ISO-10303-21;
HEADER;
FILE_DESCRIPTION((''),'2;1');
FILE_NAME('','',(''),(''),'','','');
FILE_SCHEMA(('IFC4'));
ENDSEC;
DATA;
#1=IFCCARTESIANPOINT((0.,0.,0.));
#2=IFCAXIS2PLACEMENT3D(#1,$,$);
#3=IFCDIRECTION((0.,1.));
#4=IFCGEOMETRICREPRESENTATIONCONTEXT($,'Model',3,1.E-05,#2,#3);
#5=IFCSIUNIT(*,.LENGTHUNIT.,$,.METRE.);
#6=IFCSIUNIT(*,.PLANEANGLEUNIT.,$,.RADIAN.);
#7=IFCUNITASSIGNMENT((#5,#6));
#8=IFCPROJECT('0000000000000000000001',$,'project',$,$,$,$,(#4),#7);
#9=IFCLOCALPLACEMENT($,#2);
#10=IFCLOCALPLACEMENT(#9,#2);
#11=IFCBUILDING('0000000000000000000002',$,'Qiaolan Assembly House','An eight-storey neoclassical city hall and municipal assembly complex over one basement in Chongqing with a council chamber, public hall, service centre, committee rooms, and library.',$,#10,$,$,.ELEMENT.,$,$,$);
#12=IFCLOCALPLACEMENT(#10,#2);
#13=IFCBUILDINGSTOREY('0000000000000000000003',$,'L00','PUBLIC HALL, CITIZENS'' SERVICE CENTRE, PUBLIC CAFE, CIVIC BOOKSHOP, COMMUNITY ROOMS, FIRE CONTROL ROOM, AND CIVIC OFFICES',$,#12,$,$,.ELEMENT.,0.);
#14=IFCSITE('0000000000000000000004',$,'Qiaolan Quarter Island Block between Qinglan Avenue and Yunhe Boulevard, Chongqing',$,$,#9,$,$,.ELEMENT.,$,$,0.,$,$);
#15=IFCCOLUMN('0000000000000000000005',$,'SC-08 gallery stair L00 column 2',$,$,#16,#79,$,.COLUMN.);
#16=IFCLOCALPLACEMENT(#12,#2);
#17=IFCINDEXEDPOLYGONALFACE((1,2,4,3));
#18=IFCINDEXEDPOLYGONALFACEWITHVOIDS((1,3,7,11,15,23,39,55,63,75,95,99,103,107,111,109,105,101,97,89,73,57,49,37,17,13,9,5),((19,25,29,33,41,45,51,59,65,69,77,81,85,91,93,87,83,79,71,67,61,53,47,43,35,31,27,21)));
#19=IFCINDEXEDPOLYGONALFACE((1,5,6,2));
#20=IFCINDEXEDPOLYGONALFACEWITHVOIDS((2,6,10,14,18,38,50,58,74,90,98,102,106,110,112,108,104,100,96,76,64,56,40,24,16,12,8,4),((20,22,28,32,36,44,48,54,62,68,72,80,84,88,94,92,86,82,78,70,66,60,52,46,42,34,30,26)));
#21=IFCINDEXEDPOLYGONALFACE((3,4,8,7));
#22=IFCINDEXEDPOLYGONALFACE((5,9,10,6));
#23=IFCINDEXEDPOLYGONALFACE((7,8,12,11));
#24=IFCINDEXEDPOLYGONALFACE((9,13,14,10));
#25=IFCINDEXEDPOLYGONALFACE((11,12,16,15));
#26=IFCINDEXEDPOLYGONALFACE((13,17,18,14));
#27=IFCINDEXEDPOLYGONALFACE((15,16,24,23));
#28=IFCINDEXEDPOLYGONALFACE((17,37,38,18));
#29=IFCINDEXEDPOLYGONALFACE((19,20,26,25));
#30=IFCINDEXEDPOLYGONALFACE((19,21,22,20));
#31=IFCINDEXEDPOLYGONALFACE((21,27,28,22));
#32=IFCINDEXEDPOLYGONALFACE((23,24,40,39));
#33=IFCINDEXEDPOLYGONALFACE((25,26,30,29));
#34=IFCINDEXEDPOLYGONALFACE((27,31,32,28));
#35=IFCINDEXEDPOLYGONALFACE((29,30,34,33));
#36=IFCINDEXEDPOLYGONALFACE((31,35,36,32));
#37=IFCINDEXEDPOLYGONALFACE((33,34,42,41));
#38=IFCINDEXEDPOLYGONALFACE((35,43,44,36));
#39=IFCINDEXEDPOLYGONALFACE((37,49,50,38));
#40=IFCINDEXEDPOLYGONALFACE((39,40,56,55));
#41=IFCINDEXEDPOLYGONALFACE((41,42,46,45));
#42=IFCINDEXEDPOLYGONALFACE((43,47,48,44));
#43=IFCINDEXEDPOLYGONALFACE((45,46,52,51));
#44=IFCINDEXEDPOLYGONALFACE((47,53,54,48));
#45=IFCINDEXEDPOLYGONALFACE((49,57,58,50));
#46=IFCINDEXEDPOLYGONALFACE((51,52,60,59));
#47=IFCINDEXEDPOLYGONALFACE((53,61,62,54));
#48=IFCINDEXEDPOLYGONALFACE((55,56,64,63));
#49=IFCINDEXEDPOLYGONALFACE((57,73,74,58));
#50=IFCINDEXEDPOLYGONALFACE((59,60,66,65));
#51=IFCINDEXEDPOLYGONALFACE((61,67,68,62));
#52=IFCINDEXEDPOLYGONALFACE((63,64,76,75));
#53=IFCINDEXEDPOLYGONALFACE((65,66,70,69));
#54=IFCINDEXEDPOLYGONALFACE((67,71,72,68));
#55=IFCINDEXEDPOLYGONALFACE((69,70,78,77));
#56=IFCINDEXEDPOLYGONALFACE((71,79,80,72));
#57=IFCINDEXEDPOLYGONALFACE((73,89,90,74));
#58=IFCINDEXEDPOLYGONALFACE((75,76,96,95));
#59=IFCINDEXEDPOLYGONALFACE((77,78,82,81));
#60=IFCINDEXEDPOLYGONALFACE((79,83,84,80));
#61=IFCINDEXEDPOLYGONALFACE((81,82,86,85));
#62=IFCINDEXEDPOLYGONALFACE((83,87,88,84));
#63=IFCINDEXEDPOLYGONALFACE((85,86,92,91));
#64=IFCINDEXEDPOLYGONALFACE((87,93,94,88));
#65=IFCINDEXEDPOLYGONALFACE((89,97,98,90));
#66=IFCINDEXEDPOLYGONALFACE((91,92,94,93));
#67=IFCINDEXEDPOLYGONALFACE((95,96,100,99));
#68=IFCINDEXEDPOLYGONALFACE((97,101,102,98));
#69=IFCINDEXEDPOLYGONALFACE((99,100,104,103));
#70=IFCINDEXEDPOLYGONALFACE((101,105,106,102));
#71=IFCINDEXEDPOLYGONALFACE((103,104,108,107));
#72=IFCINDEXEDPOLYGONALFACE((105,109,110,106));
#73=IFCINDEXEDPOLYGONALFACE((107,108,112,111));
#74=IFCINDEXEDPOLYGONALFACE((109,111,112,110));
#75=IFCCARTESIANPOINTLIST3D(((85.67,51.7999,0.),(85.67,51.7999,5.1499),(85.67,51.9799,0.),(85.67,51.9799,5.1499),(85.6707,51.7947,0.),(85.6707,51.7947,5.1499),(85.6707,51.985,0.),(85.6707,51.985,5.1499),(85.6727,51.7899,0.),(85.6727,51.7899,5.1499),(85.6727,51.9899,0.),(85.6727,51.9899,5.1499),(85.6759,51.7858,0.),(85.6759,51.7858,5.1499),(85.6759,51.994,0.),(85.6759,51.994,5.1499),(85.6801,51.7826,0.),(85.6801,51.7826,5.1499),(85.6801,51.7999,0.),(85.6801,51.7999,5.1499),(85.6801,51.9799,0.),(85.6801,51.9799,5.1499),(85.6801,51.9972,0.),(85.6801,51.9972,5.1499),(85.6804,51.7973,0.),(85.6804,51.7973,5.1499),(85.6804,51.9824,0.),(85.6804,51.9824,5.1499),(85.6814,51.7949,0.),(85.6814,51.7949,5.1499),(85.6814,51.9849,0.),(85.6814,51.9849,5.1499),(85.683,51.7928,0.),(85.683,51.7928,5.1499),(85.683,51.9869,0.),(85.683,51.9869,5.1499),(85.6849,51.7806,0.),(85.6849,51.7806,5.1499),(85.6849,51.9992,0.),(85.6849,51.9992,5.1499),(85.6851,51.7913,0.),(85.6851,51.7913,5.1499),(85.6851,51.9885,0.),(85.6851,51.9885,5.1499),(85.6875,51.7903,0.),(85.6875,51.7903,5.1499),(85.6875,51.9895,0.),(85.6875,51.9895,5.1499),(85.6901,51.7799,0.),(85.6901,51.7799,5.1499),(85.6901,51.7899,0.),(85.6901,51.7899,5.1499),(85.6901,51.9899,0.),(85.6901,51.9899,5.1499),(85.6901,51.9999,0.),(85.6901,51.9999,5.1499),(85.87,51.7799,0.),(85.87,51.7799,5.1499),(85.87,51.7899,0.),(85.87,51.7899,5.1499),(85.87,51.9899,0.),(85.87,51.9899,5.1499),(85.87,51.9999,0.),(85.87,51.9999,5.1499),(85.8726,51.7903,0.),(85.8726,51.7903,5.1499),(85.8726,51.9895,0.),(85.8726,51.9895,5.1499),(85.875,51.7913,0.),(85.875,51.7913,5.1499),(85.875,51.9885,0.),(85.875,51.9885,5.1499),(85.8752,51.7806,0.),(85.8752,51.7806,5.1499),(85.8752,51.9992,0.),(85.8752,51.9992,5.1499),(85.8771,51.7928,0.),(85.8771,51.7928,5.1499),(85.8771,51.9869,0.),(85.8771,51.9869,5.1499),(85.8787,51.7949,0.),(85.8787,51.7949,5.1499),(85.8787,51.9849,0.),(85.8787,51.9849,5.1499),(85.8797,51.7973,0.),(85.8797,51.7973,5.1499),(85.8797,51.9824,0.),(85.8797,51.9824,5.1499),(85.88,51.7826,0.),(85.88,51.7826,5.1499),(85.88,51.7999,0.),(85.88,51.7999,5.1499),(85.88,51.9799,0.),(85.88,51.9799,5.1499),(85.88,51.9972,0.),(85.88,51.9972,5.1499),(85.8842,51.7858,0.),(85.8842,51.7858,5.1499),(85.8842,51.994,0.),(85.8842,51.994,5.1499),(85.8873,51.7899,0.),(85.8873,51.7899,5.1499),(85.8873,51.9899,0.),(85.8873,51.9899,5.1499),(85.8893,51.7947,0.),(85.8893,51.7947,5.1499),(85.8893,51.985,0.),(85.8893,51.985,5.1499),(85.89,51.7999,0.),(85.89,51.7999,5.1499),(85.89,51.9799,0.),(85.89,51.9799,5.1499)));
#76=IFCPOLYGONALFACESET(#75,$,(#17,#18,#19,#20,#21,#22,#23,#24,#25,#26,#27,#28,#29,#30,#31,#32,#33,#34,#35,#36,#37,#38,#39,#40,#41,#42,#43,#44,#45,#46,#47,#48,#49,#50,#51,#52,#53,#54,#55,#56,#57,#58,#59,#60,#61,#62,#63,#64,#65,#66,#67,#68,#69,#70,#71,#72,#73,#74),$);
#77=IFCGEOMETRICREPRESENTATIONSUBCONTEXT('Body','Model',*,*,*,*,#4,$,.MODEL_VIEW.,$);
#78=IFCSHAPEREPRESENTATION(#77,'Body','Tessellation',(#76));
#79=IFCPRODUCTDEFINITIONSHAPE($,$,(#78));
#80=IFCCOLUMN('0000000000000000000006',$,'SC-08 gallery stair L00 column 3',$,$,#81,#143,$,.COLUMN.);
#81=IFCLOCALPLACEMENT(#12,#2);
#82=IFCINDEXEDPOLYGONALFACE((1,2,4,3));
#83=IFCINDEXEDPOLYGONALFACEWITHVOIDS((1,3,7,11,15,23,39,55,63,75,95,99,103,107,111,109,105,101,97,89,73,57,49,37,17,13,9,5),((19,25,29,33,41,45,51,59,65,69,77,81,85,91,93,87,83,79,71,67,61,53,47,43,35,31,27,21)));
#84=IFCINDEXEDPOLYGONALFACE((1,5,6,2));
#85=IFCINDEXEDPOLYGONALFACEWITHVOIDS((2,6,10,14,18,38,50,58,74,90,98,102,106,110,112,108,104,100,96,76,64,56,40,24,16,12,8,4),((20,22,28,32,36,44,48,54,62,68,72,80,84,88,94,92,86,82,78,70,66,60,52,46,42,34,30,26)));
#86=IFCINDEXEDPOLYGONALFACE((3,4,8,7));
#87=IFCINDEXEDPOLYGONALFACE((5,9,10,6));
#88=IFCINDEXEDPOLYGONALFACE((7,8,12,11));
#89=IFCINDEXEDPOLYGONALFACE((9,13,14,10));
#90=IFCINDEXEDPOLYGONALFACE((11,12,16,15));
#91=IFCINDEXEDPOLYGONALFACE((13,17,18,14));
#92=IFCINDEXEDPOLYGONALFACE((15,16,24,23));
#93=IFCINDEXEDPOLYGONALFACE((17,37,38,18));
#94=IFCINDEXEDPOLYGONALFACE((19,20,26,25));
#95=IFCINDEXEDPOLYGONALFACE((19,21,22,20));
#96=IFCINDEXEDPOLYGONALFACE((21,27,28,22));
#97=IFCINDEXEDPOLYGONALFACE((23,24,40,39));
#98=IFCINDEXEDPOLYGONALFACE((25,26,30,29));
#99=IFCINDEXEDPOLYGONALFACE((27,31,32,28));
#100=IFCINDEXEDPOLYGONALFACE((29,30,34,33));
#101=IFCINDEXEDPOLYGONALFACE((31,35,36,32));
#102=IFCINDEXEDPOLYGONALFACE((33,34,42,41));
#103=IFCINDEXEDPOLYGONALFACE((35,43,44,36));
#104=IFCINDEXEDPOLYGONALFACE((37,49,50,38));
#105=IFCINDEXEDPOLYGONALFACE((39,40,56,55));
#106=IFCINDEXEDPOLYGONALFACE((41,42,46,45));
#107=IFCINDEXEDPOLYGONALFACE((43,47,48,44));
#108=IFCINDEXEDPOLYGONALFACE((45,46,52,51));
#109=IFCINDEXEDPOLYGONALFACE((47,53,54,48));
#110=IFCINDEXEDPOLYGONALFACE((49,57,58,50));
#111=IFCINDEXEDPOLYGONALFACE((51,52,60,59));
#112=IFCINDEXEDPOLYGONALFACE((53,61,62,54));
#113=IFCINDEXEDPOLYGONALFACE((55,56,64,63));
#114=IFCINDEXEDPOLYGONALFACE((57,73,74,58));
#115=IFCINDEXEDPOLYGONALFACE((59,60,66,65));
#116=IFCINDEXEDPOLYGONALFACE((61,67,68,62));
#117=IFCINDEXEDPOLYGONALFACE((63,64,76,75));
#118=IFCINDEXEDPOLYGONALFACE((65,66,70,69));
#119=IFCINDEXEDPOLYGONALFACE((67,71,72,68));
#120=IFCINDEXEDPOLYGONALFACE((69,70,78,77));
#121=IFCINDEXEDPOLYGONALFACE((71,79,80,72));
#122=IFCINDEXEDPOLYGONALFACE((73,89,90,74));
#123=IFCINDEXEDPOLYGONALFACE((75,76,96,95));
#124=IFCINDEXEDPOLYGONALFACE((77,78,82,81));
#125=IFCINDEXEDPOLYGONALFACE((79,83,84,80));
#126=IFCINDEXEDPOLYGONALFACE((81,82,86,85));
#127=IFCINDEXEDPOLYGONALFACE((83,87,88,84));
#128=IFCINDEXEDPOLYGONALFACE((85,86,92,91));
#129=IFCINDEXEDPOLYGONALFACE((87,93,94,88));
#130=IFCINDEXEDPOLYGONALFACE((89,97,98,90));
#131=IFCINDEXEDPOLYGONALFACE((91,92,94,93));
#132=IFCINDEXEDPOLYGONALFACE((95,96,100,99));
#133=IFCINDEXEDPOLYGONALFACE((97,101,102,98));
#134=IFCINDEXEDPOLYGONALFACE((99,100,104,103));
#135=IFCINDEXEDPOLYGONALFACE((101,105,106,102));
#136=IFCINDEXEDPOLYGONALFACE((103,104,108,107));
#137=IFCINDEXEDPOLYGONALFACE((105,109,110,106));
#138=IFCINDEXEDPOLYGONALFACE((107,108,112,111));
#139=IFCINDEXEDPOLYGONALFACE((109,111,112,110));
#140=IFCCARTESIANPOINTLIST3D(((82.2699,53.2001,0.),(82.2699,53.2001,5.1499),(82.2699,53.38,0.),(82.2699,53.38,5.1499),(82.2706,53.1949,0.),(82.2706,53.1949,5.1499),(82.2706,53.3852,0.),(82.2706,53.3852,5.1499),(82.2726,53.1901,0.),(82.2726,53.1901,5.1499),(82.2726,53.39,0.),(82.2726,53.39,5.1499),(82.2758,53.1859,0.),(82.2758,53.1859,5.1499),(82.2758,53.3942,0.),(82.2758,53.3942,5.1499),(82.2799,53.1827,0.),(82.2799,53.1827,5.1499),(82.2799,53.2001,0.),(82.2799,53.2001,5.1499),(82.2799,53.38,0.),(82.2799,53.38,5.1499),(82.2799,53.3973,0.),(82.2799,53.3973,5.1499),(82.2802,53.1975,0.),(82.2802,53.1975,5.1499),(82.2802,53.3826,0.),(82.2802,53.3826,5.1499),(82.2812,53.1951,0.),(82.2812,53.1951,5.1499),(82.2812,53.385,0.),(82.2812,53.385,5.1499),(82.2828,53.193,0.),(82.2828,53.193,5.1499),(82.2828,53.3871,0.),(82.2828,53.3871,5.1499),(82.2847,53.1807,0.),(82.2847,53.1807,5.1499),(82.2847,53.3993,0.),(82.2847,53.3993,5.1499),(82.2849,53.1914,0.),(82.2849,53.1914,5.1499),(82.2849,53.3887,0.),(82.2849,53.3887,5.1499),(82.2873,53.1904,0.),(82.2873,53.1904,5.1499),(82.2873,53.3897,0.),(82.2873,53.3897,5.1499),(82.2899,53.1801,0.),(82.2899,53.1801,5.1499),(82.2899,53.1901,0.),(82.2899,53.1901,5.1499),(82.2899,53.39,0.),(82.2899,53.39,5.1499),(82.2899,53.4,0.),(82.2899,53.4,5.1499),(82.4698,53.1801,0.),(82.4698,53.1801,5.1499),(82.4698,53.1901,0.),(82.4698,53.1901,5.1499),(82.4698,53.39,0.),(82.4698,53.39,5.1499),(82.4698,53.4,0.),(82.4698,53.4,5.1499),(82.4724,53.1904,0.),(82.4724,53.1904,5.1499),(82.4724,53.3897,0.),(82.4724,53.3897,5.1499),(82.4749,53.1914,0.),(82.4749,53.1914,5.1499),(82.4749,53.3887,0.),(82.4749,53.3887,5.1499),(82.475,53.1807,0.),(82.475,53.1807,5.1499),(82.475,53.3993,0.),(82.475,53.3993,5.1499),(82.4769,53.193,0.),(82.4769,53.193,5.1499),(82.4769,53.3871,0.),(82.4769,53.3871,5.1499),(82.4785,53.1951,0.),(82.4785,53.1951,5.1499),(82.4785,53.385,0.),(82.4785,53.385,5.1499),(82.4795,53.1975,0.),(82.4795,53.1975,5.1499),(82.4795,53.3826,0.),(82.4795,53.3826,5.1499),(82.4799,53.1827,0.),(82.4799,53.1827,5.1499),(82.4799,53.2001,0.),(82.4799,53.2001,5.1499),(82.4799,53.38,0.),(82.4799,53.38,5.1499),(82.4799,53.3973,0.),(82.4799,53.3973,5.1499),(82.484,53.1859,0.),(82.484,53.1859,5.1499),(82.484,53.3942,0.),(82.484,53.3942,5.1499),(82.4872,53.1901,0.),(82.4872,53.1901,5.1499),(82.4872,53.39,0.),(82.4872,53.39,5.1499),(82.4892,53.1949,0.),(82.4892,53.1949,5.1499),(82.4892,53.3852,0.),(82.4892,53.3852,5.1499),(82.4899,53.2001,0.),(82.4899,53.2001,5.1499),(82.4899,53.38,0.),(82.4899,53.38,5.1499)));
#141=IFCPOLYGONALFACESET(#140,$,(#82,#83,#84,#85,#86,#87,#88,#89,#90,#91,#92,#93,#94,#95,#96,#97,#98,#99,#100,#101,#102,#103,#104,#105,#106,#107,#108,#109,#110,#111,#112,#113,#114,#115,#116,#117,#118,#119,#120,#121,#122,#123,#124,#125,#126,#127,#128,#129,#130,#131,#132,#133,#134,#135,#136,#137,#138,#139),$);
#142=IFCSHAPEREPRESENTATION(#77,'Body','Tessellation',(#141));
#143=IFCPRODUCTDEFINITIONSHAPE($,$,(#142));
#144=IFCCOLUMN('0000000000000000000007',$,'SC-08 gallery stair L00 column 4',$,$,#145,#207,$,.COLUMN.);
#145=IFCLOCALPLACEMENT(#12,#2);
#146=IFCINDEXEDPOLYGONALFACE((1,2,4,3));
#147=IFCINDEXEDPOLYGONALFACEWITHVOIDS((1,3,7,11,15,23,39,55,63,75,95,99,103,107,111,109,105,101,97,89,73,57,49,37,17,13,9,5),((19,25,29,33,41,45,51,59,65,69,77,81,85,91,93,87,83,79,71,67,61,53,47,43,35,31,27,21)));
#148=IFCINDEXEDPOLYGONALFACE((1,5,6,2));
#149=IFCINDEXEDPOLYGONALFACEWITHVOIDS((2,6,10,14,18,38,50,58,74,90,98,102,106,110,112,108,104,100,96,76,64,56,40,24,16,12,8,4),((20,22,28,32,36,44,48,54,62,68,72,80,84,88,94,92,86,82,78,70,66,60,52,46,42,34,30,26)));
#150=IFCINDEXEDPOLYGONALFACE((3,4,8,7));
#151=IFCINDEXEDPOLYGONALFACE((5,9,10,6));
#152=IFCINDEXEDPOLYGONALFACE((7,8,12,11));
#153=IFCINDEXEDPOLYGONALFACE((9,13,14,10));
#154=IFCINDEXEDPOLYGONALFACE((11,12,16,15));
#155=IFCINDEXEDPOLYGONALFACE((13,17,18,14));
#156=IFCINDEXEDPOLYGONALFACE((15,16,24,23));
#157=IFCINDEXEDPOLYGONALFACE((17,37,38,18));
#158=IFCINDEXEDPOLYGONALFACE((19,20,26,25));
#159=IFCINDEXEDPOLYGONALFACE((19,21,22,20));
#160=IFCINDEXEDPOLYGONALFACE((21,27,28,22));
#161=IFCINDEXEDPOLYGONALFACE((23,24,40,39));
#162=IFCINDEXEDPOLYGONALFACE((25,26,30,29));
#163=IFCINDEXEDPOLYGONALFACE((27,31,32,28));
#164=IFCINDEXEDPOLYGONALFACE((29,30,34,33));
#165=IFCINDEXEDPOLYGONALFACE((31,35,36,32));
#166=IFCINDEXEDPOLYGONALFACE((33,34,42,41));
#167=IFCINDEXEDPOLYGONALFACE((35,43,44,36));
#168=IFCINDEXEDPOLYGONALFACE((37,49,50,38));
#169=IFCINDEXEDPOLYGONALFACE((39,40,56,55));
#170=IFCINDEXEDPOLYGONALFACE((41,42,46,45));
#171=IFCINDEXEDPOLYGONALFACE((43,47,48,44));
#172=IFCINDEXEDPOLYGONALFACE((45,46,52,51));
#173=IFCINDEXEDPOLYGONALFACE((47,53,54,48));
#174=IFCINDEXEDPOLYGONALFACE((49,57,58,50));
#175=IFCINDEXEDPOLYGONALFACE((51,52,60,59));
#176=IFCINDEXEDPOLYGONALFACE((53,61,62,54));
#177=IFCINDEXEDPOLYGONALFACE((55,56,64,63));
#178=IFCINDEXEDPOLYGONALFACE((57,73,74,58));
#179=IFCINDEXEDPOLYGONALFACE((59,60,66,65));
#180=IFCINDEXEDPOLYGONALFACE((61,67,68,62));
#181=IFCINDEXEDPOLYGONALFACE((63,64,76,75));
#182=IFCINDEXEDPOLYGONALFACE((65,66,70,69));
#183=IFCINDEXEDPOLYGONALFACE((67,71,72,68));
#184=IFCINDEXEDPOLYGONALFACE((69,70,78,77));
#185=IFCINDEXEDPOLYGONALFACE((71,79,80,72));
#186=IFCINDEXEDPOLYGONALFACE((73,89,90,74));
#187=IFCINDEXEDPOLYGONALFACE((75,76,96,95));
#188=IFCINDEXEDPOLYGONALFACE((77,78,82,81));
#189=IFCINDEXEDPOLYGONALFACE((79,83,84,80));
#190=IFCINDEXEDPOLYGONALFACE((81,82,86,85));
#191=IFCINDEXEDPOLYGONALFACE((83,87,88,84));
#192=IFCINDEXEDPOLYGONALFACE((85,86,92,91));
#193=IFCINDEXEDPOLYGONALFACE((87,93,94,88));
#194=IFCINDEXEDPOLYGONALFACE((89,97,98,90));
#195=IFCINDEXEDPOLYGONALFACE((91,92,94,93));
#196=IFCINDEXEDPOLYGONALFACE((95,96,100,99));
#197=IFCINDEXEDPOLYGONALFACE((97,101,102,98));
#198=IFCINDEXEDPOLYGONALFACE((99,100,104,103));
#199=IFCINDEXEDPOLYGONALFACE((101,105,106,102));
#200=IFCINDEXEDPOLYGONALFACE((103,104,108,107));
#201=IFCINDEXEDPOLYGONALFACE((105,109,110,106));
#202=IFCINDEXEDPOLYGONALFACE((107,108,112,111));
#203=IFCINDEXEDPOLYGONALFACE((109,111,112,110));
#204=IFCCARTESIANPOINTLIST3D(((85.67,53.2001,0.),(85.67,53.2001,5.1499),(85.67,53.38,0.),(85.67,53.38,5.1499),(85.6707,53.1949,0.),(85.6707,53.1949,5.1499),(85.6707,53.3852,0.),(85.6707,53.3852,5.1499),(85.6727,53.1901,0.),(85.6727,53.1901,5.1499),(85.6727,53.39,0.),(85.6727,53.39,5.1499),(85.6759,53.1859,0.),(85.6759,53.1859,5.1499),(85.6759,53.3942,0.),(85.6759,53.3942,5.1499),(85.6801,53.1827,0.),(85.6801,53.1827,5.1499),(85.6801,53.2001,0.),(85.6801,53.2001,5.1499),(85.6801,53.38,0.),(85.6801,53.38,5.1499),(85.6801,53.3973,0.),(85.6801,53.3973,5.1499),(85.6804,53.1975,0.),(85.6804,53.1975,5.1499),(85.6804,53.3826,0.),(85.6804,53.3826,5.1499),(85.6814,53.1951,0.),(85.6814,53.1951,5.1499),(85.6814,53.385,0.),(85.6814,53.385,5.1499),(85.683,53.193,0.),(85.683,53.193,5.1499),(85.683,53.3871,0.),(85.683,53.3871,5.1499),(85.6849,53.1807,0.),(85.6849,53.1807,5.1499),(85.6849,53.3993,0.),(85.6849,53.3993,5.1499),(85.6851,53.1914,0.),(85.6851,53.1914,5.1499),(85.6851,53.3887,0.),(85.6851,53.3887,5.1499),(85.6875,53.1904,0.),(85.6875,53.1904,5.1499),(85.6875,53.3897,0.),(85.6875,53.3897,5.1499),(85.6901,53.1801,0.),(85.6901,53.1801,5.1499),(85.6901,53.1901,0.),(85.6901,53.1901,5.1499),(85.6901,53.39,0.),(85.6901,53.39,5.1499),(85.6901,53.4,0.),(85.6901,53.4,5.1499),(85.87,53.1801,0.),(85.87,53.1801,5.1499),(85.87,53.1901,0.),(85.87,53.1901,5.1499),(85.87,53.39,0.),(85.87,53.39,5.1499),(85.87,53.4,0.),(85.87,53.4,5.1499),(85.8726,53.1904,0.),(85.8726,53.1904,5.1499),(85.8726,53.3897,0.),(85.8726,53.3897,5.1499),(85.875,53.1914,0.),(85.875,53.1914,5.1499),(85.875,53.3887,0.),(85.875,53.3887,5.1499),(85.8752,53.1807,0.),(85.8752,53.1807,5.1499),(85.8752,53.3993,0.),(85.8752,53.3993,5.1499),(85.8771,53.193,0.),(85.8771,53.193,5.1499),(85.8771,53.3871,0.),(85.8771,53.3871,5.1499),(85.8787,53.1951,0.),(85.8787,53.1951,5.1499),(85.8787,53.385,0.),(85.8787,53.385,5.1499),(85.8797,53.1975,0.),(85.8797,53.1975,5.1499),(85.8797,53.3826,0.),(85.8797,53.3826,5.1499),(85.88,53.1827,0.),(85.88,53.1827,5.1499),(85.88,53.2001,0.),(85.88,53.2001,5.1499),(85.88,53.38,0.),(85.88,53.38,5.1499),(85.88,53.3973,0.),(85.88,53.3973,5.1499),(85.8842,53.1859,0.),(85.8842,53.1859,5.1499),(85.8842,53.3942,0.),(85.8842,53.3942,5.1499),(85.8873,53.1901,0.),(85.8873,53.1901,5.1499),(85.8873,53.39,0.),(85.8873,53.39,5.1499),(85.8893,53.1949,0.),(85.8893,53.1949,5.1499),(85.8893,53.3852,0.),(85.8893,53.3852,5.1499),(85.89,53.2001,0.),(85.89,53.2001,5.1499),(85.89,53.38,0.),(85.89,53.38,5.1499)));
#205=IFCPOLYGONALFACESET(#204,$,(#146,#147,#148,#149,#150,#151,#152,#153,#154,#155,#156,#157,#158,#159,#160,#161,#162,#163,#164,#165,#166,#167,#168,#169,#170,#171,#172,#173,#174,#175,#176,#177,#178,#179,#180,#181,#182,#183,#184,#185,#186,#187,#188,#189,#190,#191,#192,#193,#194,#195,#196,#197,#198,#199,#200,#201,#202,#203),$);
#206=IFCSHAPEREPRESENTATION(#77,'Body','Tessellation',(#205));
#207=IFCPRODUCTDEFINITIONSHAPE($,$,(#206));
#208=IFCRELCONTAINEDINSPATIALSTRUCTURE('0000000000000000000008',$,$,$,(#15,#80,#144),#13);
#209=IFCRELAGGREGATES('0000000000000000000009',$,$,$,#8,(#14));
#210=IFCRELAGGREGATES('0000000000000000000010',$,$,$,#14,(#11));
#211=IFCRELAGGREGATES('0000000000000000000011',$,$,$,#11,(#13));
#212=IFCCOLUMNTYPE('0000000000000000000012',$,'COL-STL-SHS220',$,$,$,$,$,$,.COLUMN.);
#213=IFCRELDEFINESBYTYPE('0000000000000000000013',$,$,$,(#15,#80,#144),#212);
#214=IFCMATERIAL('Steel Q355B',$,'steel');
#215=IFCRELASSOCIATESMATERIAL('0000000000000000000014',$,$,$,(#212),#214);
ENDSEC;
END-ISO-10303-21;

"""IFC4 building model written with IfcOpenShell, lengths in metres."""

from ifc_helpers import new_model, si_unit, direction, frame, origin, origin_2d, place, context, subcontext, project, spatial, hollow_rectangle, extrude, material, material_profile, profile_set, type_object, element, save


model = new_model("IFC4")

# Units and contexts
model_context = context("Model", 3, precision=1e-05, world=origin(), true_north=direction((0.0, 1.0)))
body_context = subcontext(model_context, "Body", "Model", "MODEL_VIEW")
ifc_project = project(units=[si_unit("LENGTHUNIT", "METRE"), si_unit("PLANEANGLEUNIT", "RADIAN")], contexts=[model_context])

# Site, building, storey
site_placement = place(None, origin())
site = spatial("IfcSite", under=ifc_project, at=site_placement, Name="Qiaolan Quarter Island Block between Qinglan Avenue and Yunhe Boulevard, Chongqing", CompositionType="ELEMENT", RefElevation=0.0)
building_placement = place(site_placement, origin())
building = spatial("IfcBuilding", under=site, at=building_placement, Name="Qiaolan Assembly House", Description="An eight-storey neoclassical city hall and municipal assembly complex over one basement in Chongqing with a council chamber, public hall, service centre, committee rooms, and library.", CompositionType="ELEMENT")
storey_placement = place(building_placement, origin())
storey = spatial("IfcBuildingStorey", under=building, at=storey_placement, Name="L00", Description="PUBLIC HALL, CITIZENS' SERVICE CENTRE, PUBLIC CAFE, CIVIC BOOKSHOP, COMMUNITY ROOMS, FIRE CONTROL ROOM, AND CIVIC OFFICES", CompositionType="ELEMENT", Elevation=0.0)

# Columns
ifc_material_1 = material(Name="Steel Q355B", Category="steel")
ifc_material_profile_1 = material_profile(ifc_material_1, hollow_rectangle(XDim=0.22, YDim=0.22, WallThickness=0.01, InnerFilletRadius=0.01, OuterFilletRadius=0.02, at=origin_2d()), Name="SHS 220x220x10")
ifc_profile_set_1 = profile_set([ifc_material_profile_1], Name="Steel Q355B")
column_type_1 = type_object("IfcColumnType", Name="COL-STL-SHS220", PredefinedType="COLUMN", material=ifc_profile_set_1)
for number, where, z_axis, x_axis, name in (
    (1, (85.78, 51.8899, 0.0), (0.0, 0.0, 1.0), (1.0, 0.0, 0.0), "SC-08 gallery stair L00 column 2"),
    (2, (82.3799, 53.29, 0.0), (0.0, 0.0, 1.0), (1.0, 0.0, 0.0), "SC-08 gallery stair L00 column 3"),
    (3, (85.78, 53.29, 0.0), (0.0, 0.0, 1.0), (1.0, 0.0, 0.0), "SC-08 gallery stair L00 column 4"),
):
    element("IfcColumn", number, at=place(storey_placement, frame(where, z_axis=z_axis, x_axis=x_axis)), inside=storey, type_object=column_type_1, Name=name, PredefinedType="COLUMN", context=body_context, shape_type="SweptSolid", body=[
        extrude(hollow_rectangle(XDim=0.22, YDim=0.22, WallThickness=0.01, InnerFilletRadius=0.01, OuterFilletRadius=0.02, at=origin_2d()), origin(), (0.0, 0.0, 1.0), 5.1499),
    ])

save(model, "model.ifc")
